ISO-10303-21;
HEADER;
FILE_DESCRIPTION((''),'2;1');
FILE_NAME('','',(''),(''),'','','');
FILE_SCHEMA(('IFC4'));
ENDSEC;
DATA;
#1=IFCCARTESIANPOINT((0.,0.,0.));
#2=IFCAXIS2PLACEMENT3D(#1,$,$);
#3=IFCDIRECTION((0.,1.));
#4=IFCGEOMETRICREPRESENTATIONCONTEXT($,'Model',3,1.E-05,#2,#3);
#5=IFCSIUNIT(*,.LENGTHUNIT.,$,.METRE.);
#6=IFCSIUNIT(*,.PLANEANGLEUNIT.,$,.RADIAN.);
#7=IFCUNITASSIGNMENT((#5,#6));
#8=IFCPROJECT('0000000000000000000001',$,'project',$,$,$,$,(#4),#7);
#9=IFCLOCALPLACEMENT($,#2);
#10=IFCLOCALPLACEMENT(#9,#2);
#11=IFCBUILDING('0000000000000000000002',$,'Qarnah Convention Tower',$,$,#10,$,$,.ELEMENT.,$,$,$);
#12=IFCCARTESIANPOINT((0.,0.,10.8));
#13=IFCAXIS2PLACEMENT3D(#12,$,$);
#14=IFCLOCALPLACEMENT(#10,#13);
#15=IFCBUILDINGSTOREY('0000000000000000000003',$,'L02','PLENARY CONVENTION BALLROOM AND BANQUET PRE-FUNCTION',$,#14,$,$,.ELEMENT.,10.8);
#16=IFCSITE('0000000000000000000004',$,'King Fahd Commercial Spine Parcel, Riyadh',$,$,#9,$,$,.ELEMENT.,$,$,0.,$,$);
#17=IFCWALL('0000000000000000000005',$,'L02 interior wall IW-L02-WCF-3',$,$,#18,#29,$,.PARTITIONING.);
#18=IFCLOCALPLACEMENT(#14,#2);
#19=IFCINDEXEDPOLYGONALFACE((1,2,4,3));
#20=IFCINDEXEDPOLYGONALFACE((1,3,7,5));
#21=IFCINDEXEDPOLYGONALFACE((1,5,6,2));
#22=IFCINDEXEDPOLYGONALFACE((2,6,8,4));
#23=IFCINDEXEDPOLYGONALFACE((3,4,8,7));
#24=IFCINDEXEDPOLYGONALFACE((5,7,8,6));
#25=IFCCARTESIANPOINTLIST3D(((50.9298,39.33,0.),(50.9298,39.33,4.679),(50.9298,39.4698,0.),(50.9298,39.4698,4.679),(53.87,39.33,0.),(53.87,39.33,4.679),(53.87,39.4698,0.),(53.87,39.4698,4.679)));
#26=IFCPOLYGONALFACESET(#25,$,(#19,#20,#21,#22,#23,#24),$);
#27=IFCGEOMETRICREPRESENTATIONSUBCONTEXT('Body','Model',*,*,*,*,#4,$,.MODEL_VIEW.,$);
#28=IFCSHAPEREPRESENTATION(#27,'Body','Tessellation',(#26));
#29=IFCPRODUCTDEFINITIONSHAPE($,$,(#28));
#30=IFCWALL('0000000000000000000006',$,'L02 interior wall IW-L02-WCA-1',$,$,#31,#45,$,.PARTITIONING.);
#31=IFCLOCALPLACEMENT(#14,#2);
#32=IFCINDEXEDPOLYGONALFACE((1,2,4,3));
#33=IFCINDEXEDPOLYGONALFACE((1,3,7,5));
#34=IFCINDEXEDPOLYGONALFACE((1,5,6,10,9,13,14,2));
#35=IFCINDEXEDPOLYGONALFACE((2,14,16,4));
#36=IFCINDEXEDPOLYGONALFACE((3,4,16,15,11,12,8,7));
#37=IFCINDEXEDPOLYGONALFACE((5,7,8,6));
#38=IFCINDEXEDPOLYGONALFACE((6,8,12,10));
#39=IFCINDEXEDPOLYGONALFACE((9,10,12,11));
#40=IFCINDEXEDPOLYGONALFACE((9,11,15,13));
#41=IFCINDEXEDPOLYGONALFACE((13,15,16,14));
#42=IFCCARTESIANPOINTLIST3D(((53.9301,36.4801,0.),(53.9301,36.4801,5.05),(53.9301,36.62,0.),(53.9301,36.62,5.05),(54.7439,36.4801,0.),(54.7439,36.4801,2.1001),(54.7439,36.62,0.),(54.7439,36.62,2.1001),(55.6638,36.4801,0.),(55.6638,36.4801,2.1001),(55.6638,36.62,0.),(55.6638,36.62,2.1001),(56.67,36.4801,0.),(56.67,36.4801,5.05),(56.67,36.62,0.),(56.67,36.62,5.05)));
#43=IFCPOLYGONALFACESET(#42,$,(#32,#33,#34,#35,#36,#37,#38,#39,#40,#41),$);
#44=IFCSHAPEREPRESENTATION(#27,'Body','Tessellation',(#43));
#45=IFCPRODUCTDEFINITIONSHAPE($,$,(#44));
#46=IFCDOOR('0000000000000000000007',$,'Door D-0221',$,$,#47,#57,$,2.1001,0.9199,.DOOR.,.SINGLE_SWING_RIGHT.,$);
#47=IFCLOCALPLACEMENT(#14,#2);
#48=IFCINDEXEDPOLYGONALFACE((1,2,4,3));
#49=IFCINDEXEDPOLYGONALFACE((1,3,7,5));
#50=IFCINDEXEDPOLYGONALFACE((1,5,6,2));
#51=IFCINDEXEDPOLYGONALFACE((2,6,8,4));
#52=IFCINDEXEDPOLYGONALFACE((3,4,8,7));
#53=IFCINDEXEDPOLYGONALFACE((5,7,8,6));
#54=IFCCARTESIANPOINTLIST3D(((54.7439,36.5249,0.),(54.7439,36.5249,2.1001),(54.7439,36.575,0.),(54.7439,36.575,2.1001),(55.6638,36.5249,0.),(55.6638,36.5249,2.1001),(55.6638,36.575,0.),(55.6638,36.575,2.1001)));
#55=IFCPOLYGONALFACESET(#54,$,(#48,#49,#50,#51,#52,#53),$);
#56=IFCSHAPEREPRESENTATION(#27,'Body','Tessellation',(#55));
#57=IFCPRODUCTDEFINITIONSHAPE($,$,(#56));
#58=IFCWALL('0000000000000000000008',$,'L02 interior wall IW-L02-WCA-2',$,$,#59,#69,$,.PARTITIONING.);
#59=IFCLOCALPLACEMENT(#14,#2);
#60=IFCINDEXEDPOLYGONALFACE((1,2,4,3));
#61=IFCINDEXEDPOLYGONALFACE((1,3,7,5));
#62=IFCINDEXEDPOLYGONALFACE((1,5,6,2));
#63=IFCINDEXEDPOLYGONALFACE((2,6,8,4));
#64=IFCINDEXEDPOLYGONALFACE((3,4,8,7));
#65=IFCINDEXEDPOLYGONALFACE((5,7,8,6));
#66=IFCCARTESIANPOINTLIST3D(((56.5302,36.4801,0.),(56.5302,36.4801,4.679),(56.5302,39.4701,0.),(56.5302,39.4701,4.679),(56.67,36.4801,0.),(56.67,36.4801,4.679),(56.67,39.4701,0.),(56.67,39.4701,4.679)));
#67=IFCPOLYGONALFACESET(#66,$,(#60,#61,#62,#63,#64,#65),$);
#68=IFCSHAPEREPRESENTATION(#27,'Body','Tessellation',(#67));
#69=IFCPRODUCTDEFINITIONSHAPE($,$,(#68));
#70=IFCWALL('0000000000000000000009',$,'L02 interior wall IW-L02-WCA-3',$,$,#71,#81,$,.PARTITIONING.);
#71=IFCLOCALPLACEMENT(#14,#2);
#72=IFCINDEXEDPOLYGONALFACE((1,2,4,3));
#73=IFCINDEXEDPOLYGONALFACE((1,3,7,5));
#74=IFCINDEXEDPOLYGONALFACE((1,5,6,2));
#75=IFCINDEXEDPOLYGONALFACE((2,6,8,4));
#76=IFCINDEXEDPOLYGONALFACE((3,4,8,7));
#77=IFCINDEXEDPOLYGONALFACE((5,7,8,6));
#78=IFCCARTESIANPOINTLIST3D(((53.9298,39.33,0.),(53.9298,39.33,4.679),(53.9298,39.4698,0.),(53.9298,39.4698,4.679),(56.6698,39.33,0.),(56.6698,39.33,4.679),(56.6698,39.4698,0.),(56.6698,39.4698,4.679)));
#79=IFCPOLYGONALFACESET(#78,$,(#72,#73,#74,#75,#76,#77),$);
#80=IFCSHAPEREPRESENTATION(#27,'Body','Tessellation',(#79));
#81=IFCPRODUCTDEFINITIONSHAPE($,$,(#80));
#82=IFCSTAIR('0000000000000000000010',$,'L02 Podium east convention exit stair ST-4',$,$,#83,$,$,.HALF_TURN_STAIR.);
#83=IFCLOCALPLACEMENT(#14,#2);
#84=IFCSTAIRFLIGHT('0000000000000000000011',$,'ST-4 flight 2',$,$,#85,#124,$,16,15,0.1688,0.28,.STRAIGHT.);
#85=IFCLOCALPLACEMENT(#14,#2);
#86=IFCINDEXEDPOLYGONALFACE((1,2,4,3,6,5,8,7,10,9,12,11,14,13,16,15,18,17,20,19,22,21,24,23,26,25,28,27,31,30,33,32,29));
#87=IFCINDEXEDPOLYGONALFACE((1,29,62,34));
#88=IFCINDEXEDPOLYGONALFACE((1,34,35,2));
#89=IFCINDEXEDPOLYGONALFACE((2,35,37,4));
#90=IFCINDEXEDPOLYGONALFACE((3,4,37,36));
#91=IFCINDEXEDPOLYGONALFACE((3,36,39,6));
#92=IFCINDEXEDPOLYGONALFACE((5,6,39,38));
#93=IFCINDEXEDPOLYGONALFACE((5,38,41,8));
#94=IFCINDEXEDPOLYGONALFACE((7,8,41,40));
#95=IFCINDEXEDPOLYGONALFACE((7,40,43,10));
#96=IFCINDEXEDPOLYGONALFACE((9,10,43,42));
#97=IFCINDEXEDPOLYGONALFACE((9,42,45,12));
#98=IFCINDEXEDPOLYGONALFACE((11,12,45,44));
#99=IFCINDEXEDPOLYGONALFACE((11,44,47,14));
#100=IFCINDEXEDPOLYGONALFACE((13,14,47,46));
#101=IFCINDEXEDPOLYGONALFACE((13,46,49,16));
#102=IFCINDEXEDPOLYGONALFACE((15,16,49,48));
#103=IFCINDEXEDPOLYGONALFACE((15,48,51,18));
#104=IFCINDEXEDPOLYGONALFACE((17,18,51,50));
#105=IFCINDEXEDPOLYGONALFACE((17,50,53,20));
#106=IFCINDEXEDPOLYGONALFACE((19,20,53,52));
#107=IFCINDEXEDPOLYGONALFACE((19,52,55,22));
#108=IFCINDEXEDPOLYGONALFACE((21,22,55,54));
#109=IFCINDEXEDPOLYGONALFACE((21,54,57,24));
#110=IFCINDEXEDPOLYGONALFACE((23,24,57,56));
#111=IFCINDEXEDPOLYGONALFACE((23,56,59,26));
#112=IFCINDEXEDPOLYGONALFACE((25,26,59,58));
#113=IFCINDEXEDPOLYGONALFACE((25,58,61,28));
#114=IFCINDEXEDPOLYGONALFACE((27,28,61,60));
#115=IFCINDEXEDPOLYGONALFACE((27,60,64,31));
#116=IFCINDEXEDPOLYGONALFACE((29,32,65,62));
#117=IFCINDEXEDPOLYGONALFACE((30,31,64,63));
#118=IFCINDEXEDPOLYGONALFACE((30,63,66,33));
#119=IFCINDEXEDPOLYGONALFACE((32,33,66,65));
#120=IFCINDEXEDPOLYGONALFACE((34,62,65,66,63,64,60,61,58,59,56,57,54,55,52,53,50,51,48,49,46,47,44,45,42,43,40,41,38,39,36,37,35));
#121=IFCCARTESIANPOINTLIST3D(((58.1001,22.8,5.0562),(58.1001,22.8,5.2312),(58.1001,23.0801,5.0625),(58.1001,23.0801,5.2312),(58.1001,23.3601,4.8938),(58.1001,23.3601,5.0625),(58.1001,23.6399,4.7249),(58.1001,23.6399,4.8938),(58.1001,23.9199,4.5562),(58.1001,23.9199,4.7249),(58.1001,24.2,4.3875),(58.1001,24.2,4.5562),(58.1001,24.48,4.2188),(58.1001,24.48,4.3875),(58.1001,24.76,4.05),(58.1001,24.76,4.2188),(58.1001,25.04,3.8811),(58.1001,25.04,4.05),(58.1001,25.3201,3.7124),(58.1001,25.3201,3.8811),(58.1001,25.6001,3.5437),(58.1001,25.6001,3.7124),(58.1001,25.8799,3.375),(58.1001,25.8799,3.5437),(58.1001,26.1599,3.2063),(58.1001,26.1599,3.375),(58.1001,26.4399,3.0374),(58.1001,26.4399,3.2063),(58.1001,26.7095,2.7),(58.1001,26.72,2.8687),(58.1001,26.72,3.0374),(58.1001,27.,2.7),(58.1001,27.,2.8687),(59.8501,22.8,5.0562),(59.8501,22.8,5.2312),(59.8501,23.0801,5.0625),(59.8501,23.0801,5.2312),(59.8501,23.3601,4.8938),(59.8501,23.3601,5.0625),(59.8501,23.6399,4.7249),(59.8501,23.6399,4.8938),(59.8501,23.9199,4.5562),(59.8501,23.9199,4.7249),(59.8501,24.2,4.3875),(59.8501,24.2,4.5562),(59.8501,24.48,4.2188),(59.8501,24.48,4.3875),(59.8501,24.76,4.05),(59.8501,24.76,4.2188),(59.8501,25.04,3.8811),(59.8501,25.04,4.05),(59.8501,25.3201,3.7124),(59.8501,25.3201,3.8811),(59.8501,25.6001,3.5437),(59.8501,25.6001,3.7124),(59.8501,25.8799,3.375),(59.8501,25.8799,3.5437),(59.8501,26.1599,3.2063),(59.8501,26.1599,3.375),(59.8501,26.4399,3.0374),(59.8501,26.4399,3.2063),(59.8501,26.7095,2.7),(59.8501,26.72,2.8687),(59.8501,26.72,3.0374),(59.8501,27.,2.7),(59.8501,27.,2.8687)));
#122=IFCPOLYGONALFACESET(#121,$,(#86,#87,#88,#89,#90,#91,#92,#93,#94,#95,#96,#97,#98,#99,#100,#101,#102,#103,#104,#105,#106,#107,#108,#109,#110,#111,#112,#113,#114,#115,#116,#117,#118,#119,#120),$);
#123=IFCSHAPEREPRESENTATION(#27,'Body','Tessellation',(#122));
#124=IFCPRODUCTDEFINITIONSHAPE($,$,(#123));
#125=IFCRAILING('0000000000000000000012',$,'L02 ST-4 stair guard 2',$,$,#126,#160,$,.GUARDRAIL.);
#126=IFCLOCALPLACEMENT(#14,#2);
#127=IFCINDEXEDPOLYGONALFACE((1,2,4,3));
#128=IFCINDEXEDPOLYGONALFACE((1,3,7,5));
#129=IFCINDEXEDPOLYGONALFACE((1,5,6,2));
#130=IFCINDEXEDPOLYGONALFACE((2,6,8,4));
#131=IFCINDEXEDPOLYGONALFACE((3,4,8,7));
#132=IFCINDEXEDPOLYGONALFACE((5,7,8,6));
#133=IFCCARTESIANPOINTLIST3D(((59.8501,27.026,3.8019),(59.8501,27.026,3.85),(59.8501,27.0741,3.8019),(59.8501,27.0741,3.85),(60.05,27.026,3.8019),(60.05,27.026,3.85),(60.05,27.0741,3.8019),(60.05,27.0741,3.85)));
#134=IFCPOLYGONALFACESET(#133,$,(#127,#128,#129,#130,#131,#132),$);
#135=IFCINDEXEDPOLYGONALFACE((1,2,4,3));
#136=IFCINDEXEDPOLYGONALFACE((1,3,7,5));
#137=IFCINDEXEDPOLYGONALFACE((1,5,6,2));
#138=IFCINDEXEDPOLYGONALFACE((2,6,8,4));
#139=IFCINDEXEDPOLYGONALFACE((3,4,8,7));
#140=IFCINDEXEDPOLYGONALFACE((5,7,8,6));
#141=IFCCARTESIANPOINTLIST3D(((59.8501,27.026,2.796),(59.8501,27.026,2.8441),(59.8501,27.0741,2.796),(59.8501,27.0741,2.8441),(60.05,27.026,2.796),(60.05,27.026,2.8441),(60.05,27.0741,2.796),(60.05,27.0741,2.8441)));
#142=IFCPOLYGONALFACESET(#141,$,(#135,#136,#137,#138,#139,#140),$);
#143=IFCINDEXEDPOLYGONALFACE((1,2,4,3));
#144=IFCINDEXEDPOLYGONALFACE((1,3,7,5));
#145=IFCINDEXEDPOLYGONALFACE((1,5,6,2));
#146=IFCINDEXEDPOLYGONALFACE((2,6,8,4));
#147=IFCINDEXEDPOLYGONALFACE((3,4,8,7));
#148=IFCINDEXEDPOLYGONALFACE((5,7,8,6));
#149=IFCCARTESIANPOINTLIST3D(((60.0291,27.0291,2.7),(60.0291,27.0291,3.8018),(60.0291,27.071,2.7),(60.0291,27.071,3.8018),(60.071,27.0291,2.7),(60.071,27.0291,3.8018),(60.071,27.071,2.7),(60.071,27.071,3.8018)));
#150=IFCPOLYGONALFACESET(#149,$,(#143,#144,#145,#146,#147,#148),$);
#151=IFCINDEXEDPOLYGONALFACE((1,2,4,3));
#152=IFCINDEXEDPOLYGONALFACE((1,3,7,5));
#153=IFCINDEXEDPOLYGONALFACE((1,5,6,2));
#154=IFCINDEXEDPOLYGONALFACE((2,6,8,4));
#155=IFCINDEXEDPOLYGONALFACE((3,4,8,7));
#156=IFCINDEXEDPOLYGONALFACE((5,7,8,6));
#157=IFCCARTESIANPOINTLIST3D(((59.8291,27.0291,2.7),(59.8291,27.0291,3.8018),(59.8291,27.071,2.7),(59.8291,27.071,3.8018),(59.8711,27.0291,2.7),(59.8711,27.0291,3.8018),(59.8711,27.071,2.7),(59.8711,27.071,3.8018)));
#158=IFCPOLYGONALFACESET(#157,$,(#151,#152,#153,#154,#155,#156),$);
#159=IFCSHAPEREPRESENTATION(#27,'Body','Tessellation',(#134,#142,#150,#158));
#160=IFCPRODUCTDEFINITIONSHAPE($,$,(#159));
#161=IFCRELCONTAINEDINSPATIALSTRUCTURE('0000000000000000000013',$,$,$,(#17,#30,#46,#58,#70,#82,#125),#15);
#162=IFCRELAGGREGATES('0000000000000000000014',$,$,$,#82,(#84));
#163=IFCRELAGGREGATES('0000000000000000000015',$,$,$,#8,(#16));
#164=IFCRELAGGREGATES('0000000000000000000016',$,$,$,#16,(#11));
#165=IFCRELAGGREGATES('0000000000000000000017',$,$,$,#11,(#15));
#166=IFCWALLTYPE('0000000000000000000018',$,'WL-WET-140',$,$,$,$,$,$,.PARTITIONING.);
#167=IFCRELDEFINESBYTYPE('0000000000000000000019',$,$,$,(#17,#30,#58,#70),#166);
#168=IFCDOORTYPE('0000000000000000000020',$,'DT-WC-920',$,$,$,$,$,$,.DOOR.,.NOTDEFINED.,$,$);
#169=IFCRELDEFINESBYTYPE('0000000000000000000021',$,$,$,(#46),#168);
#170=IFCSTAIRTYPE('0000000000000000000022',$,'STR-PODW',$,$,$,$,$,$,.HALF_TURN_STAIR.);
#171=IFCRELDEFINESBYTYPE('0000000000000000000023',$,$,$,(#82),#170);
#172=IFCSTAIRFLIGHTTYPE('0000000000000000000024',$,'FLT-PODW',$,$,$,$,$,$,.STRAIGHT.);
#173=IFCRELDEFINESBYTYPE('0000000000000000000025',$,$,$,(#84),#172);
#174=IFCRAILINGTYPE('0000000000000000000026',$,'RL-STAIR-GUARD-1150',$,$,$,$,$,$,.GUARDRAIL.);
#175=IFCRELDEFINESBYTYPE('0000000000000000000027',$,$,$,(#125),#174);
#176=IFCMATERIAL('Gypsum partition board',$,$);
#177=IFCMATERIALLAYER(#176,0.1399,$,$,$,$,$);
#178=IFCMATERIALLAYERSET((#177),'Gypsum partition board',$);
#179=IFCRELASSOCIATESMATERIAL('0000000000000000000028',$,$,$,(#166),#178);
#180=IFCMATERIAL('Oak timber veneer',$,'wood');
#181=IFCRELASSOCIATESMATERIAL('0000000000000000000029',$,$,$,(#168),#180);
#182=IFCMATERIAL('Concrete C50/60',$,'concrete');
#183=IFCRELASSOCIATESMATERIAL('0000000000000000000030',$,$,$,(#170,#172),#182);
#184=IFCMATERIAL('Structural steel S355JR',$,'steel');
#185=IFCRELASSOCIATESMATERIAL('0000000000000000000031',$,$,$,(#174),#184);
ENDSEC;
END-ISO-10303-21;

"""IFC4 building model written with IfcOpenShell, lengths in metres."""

from ifc_helpers import new_model, si_unit, direction, frame, frame_2d, origin, origin_2d, place, context, subcontext, project, spatial, polyline, rectangle, outline, extrude, material, layer, layer_set, type_object, element, fill, aggregate, save


model = new_model("IFC4")

# Units and contexts
model_context = context("Model", 3, precision=1e-05, world=origin(), true_north=direction((0.0, 1.0)))
body_context = subcontext(model_context, "Body", "Model", "MODEL_VIEW")
ifc_project = project(units=[si_unit("LENGTHUNIT", "METRE"), si_unit("PLANEANGLEUNIT", "RADIAN")], contexts=[model_context])

# Site, building, storey
site_placement = place(None, origin())
site = spatial("IfcSite", under=ifc_project, at=site_placement, Name="King Fahd Commercial Spine Parcel, Riyadh", CompositionType="ELEMENT", RefElevation=0.0)
building_placement = place(site_placement, origin())
building = spatial("IfcBuilding", under=site, at=building_placement, Name="Qarnah Convention Tower", CompositionType="ELEMENT")
storey_placement = place(building_placement, frame((0.0, 0.0, 10.8)))
storey = spatial("IfcBuildingStorey", under=building, at=storey_placement, Name="L02", Description="PLENARY CONVENTION BALLROOM AND BANQUET PRE-FUNCTION", CompositionType="ELEMENT", Elevation=10.8)

# Shared definitions
ifc_material_1 = material(Name="Structural steel S355JR", Category="steel")

# Shared definitions
ifc_material_2 = material(Name="Gypsum partition board")
ifc_material_3 = material(Name="Oak timber veneer", Category="wood")

# Shared definitions
ifc_layer_1 = layer(ifc_material_2, 0.1399)
ifc_layer_set_1 = layer_set([ifc_layer_1], Name="Gypsum partition board")
wall_type_1 = type_object("IfcWallType", Name="WL-WET-140", PredefinedType="PARTITIONING", material=ifc_layer_set_1)

# Shared definitions
door_type_1 = type_object("IfcDoorType", Name="DT-WC-920", OperationType="NOTDEFINED", PredefinedType="DOOR", material=ifc_material_3)

# Wall
wall_1_placement = place(storey_placement, frame((53.8701, 39.3999, 0.0), z_axis=(0.0, 0.0, 1.0), x_axis=(-1.0, 0.0, 0.0)))
element("IfcWall", 1, at=wall_1_placement, inside=storey, type_object=wall_type_1, Name="L02 interior wall IW-L02-WCF-3", PredefinedType="PARTITIONING", context=body_context, shape_type="SweptSolid", body=[
    extrude(rectangle(XDim=2.9402, YDim=0.1399, at=frame_2d((1.4702, 0.0))), origin(), (0.0, 0.0, 1.0), 4.679),
])

# Wall, opening, door
wall_2_placement = place(storey_placement, frame((53.9299, 36.55, 0.0), z_axis=(0.0, 0.0, 1.0), x_axis=(1.0, 0.0, 0.0)))
wall_2 = element("IfcWall", 2, at=wall_2_placement, inside=storey, type_object=wall_type_1, Name="L02 interior wall IW-L02-WCA-1", PredefinedType="PARTITIONING", context=body_context, shape_type="SweptSolid", body=[
    extrude(rectangle(XDim=2.74, YDim=0.1399, at=frame_2d((1.3701, 0.0))), origin(), (0.0, 0.0, 1.0), 5.05),
])
opening_1_placement = place(wall_2_placement, frame((0.814, 0.0, 0.0)))
opening_1 = element("IfcOpeningElement", 3, at=opening_1_placement, cuts=wall_2, PredefinedType="OPENING", context=body_context, shape_type="SweptSolid", body=[
    extrude(rectangle(XDim=0.9199, YDim=2.1001, at=frame_2d((0.46, 1.05))), frame((0.0, 0.0798, 0.0), z_axis=(0.0, -1.0, 0.0), x_axis=(1.0, 0.0, 0.0)), (0.0, 0.0, 1.0), 0.1599),
])
door_1_placement = place(opening_1_placement, origin())
door_1 = element("IfcDoor", 4, at=door_1_placement, inside=storey, type_object=door_type_1, Name="Door D-0221", OperationType="SINGLE_SWING_RIGHT", OverallHeight=2.1001, OverallWidth=0.9199, PredefinedType="DOOR", context=body_context, shape_type="SweptSolid", body=[
    extrude(rectangle(XDim=0.9199, YDim=2.1001, at=frame_2d((0.46, 1.05))), frame((0.0, 0.0249, 0.0), z_axis=(0.0, -1.0, 0.0), x_axis=(1.0, 0.0, 0.0)), (0.0, 0.0, 1.0), 0.05),
])
fill(opening_1, door_1)

# Walls
wall_3_placement = place(storey_placement, frame((56.6001, 36.48, 0.0), z_axis=(0.0, 0.0, 1.0), x_axis=(0.0, 1.0, 0.0)))
element("IfcWall", 5, at=wall_3_placement, inside=storey, type_object=wall_type_1, Name="L02 interior wall IW-L02-WCA-2", PredefinedType="PARTITIONING", context=body_context, shape_type="SweptSolid", body=[
    extrude(rectangle(XDim=2.99, YDim=0.1399, at=frame_2d((1.4951, 0.0))), origin(), (0.0, 0.0, 1.0), 4.679),
])
wall_4_placement = place(storey_placement, frame((56.6699, 39.3999, 0.0), z_axis=(0.0, 0.0, 1.0), x_axis=(-1.0, 0.0, 0.0)))
element("IfcWall", 6, at=wall_4_placement, inside=storey, type_object=wall_type_1, Name="L02 interior wall IW-L02-WCA-3", PredefinedType="PARTITIONING", context=body_context, shape_type="SweptSolid", body=[
    extrude(rectangle(XDim=2.74, YDim=0.1399, at=frame_2d((1.3701, 0.0))), origin(), (0.0, 0.0, 1.0), 4.679),
])

# Stair, stair flight
ifc_material_4 = material(Name="Concrete C50/60", Category="concrete")
stair_type = type_object("IfcStairType", Name="STR-PODW", PredefinedType="HALF_TURN_STAIR", material=ifc_material_4)
stair_placement = place(storey_placement, origin())
stair = element("IfcStair", 7, at=stair_placement, inside=storey, type_object=stair_type, Name="L02 Podium east convention exit stair ST-4", PredefinedType="HALF_TURN_STAIR")
stair_flight_type = type_object("IfcStairFlightType", Name="FLT-PODW", PredefinedType="STRAIGHT", material=ifc_material_4)
stair_flight_placement = place(storey_placement, frame((58.9751, 27.0, 2.7), z_axis=(0.0, 0.0, 1.0), x_axis=(0.0, -1.0, 0.0)))
stair_flight = element("IfcStairFlight", 8, at=stair_flight_placement, type_object=stair_flight_type, Name="ST-4 flight 2", NumberOfRisers=16, NumberOfTreads=15, PredefinedType="STRAIGHT", RiserHeight=0.1688, TreadLength=0.28, context=body_context, shape_type="SweptSolid", body=[
    extrude(outline(polyline([(0.0, 0.0), (0.0, 0.1687), (0.28, 0.1687), (0.28, 0.3374), (0.5601, 0.3374), (0.5601, 0.5063), (0.8401, 0.5063), (0.8401, 0.675), (1.1201, 0.675), (1.1201, 0.8438), (1.3999, 0.8438), (1.3999, 1.0125), (1.6799, 1.0125), (1.6799, 1.1812), (1.96, 1.1812), (1.96, 1.3501), (2.24, 1.3501), (2.24, 1.5188), (2.52, 1.5188), (2.52, 1.6875), (2.8, 1.6875), (2.8, 1.8562), (3.0801, 1.8562), (3.0801, 2.0249), (3.3601, 2.0249), (3.3601, 2.1938), (3.6399, 2.1938), (3.6399, 2.3625), (3.9199, 2.3625), (3.9199, 2.5312), (4.2, 2.5312), (4.2, 2.7), (4.2, 2.3562), (0.2905, 0.0), (0.0, 0.0)])), frame((0.0, 0.875, 0.0), z_axis=(0.0, -1.0, 0.0), x_axis=(1.0, 0.0, 0.0)), (0.0, 0.0, 1.0), 1.75),
])
aggregate(stair, [stair_flight])

# Railing
railing_type = type_object("IfcRailingType", Name="RL-STAIR-GUARD-1150", PredefinedType="GUARDRAIL", material=ifc_material_1)
railing_1_placement = place(storey_placement, frame((60.05, 27.05, 2.7)))
element("IfcRailing", 9, at=railing_1_placement, inside=storey, type_object=railing_type, Name="L02 ST-4 stair guard 2", PredefinedType="GUARDRAIL", context=body_context, shape_type="SweptSolid", body=[
    extrude(rectangle(XDim=0.0481, YDim=0.0481, at=origin_2d()), frame((0.0, 0.0, 1.126), z_axis=(-1.0, 0.0, 0.0), x_axis=(0.0, -1.0, 0.0)), (0.0, 0.0, 1.0), 0.2),
    extrude(rectangle(XDim=0.0481, YDim=0.0481, at=origin_2d()), frame((0.0, 0.0, 0.1201), z_axis=(-1.0, 0.0, 0.0), x_axis=(0.0, -1.0, 0.0)), (0.0, 0.0, 1.0), 0.2),
    extrude(rectangle(XDim=0.042, YDim=0.042, at=origin_2d()), origin(), (0.0, 0.0, 1.0), 1.1018),
    extrude(rectangle(XDim=0.042, YDim=0.042, at=origin_2d()), frame((-0.2, 0.0, 0.0)), (0.0, 0.0, 1.0), 1.1018),
])

save(model, "model.ifc")
